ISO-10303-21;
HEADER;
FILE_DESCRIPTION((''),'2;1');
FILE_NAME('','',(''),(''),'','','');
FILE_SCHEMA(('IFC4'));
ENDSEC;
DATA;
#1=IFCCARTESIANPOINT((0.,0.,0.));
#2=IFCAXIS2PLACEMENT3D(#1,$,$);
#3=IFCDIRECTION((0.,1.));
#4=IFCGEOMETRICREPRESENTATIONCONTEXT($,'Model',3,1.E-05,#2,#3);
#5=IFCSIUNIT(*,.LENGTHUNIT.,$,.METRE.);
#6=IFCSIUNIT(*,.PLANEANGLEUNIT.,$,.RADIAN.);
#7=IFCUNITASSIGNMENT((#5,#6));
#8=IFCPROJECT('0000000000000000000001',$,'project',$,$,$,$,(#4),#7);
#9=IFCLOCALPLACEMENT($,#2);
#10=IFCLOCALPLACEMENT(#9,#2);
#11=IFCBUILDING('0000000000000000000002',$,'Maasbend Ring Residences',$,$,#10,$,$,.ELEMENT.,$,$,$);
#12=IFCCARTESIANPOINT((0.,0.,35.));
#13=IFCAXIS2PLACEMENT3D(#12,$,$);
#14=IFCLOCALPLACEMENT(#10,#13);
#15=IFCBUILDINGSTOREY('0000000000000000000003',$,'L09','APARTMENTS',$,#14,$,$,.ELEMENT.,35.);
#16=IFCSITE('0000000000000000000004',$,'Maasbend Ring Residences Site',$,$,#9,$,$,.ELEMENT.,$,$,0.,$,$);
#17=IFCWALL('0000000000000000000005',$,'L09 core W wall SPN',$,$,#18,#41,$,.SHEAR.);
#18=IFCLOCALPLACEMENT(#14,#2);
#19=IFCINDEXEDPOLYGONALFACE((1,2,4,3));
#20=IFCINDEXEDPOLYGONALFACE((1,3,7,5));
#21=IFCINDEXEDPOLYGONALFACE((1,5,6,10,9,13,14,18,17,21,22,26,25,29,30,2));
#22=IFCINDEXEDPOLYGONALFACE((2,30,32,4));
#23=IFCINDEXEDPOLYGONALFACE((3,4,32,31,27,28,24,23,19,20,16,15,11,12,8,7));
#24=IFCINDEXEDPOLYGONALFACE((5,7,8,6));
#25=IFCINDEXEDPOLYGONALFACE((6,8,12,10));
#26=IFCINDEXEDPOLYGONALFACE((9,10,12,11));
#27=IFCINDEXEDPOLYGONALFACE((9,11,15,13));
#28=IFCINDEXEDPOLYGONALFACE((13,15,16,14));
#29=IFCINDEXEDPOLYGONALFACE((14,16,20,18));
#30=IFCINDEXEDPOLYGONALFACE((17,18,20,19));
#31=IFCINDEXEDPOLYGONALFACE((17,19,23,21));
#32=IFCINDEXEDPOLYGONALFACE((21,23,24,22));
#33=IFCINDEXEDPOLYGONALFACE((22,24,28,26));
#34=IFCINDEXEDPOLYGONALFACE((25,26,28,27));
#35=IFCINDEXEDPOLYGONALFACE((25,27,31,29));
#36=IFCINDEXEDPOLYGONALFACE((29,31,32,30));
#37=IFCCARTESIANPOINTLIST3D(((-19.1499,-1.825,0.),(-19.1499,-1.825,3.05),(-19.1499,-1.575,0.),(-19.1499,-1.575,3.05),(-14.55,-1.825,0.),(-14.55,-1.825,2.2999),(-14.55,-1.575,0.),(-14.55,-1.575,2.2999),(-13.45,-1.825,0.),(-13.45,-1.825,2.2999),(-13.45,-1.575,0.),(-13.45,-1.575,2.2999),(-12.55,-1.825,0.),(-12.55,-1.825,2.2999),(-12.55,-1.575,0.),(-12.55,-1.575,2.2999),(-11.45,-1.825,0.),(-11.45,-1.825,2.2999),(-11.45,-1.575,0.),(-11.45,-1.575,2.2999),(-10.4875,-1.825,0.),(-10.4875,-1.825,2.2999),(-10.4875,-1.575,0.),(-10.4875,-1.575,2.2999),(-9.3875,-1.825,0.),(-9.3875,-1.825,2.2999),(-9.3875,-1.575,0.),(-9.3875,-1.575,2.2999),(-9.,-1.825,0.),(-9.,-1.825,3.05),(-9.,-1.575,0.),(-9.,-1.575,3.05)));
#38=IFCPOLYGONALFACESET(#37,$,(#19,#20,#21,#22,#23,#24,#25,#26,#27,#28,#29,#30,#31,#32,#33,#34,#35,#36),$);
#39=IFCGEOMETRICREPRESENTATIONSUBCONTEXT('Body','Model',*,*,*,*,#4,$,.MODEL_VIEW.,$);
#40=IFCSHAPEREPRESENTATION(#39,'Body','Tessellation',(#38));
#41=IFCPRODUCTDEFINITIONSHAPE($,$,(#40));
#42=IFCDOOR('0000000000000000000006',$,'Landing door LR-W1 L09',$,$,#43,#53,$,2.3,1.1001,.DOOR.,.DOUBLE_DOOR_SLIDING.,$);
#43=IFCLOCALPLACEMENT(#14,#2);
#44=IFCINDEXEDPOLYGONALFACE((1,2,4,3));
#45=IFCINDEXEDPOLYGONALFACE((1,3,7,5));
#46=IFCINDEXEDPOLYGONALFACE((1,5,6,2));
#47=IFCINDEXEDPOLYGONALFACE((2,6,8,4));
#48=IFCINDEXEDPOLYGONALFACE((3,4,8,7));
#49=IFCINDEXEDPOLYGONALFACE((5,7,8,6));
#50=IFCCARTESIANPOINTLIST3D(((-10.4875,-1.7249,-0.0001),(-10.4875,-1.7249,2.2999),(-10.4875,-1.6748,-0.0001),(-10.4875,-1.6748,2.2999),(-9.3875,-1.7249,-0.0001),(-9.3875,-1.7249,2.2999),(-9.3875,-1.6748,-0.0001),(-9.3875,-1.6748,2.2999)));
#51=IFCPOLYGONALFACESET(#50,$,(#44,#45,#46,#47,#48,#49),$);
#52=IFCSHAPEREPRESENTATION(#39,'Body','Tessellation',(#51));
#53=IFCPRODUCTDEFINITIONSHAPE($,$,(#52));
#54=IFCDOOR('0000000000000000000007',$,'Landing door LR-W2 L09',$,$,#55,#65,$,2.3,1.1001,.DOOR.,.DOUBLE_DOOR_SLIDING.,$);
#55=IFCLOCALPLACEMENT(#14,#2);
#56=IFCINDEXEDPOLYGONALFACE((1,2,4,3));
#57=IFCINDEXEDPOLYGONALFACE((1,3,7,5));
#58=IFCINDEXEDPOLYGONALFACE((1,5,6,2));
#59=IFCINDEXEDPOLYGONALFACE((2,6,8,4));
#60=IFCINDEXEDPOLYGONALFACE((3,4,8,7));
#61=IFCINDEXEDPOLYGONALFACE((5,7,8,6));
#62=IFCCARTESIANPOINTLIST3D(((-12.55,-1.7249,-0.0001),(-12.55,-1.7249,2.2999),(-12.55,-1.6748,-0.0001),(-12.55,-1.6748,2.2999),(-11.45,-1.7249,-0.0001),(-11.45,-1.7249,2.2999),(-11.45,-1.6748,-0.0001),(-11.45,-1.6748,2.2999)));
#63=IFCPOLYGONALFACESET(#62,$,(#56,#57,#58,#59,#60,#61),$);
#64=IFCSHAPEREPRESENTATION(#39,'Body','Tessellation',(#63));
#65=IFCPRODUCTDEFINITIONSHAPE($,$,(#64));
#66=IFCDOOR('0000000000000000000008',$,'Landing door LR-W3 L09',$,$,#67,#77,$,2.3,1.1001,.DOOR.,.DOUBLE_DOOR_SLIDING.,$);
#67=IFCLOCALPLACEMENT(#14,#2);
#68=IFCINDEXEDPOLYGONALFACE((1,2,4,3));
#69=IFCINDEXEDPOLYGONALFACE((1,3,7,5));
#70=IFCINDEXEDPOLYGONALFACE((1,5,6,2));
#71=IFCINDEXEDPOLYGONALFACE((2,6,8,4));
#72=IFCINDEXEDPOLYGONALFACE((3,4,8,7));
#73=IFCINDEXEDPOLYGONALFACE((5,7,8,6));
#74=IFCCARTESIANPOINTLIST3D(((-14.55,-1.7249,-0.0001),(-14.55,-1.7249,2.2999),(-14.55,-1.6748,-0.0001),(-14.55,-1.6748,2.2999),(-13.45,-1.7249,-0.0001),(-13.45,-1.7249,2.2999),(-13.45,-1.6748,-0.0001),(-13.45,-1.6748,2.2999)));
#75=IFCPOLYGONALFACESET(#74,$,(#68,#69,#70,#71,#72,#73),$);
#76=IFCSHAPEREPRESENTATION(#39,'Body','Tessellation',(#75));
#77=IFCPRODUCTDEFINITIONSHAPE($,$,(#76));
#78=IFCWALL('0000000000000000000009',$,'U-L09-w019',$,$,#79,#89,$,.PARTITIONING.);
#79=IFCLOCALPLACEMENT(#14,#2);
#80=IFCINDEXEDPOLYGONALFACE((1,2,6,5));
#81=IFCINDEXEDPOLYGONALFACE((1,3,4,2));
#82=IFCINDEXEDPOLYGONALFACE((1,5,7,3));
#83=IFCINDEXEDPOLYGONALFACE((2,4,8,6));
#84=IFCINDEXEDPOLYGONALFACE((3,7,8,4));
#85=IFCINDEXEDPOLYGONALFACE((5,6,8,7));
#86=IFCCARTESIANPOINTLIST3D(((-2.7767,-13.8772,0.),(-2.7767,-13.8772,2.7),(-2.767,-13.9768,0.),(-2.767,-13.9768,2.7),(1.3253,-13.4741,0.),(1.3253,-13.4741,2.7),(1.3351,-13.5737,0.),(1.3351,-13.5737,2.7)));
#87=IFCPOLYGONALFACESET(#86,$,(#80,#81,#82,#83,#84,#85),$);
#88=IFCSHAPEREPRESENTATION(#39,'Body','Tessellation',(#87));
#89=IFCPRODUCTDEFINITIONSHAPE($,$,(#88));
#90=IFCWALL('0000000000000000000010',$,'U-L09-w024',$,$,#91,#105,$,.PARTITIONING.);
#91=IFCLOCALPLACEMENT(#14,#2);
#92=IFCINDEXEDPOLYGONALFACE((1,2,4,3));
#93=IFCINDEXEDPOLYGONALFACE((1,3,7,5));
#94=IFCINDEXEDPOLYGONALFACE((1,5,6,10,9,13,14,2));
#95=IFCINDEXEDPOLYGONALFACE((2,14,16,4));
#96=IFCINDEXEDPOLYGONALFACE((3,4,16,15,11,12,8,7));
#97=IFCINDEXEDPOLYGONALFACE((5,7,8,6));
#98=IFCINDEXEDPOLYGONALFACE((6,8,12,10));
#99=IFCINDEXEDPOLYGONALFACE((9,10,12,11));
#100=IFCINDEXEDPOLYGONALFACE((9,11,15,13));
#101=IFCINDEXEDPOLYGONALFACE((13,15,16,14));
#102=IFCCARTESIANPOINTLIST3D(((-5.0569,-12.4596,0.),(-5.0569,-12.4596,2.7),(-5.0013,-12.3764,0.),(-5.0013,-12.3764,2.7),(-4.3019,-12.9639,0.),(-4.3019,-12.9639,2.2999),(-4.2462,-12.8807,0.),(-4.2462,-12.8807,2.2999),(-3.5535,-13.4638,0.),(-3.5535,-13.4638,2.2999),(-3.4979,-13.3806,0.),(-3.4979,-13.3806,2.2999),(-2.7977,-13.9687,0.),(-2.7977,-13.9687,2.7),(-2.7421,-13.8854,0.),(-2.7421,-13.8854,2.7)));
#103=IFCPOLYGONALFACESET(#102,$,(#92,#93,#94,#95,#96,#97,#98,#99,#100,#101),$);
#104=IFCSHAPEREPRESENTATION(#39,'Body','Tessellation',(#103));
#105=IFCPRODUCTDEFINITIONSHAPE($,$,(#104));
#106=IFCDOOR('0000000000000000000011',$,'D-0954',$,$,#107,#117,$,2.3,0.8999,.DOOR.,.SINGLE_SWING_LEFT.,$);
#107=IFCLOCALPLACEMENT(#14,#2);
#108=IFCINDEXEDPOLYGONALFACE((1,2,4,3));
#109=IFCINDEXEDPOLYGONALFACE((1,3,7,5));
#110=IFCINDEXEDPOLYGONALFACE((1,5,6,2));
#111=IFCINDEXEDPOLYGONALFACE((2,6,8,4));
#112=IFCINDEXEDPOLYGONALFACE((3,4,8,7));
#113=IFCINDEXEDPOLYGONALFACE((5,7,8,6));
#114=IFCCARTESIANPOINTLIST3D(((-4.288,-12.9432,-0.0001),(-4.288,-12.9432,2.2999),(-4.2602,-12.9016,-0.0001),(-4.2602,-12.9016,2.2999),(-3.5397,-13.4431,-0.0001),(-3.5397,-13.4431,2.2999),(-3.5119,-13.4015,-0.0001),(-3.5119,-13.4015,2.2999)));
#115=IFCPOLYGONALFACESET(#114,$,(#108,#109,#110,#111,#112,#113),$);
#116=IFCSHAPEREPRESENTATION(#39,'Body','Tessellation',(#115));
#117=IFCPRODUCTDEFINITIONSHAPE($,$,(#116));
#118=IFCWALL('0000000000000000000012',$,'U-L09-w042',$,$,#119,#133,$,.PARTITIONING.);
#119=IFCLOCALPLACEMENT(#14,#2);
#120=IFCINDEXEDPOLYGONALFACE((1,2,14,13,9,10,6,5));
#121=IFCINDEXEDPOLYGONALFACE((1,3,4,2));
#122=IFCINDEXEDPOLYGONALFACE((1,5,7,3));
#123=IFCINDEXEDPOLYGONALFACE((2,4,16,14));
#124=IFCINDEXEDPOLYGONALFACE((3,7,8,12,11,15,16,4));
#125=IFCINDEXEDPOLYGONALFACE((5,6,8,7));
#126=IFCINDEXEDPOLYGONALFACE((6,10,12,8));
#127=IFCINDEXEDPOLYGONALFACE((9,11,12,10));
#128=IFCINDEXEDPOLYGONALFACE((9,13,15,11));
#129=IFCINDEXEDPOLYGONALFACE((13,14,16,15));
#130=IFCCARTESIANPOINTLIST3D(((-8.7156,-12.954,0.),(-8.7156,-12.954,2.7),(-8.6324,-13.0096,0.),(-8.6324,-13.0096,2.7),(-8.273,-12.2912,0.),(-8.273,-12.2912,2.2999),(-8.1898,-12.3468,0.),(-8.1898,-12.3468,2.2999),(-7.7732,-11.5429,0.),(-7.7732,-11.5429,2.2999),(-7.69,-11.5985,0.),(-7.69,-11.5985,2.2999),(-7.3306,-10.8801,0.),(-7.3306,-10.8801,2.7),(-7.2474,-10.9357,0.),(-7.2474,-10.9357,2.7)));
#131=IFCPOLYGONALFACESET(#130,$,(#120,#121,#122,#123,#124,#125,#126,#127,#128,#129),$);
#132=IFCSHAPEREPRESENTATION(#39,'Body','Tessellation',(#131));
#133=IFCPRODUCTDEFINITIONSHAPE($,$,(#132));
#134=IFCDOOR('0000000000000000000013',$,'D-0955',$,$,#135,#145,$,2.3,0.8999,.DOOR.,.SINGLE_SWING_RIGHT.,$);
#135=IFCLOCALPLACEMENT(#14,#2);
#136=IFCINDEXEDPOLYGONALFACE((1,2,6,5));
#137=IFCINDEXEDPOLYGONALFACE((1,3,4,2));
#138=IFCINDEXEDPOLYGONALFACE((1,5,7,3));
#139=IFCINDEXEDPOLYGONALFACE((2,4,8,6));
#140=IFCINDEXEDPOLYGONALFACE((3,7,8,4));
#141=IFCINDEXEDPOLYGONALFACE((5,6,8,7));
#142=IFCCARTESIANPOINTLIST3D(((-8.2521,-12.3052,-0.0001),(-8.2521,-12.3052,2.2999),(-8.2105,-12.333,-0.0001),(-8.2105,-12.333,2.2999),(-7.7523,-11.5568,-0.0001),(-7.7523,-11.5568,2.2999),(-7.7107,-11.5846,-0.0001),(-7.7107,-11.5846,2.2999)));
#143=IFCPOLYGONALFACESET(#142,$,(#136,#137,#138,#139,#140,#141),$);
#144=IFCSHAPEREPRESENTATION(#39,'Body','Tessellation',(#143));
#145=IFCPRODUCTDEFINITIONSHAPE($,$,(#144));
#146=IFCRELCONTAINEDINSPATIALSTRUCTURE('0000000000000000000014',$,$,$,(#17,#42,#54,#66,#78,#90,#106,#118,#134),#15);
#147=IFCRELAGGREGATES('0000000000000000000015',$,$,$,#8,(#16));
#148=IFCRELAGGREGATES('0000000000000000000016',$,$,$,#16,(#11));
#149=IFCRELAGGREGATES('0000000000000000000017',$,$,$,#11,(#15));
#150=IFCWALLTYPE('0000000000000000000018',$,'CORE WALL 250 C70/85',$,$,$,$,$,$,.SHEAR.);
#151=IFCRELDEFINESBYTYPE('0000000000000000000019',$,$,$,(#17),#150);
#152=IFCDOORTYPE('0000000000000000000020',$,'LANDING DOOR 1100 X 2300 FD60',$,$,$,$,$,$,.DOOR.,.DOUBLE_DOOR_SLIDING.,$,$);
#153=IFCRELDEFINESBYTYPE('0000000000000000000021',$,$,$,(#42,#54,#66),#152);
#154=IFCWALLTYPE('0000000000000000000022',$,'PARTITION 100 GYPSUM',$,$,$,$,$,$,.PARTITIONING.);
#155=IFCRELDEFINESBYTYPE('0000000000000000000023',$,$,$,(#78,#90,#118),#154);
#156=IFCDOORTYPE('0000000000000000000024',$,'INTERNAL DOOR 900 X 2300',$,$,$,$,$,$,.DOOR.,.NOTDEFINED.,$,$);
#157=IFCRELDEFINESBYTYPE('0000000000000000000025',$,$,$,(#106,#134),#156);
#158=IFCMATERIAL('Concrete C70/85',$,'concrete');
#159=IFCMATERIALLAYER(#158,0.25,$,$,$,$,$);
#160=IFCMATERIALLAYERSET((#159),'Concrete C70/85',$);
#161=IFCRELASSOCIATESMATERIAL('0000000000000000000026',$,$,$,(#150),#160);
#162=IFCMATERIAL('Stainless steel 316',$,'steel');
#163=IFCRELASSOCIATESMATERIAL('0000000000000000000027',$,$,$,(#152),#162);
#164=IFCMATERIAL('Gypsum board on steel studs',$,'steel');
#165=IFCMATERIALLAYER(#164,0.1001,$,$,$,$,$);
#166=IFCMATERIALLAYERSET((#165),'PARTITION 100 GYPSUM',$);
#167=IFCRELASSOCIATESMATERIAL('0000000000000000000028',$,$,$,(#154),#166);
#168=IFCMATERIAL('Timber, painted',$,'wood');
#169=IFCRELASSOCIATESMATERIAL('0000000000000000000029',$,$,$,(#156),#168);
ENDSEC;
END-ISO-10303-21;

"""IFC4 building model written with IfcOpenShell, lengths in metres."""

from ifc_helpers import new_model, si_unit, direction, frame, frame_2d, origin, place, context, subcontext, project, spatial, rectangle, extrude, material, layer, layer_set, type_object, element, fill, save


model = new_model("IFC4")

# Units and contexts
model_context = context("Model", 3, precision=1e-05, world=origin(), true_north=direction((0.0, 1.0)))
body_context = subcontext(model_context, "Body", "Model", "MODEL_VIEW")
ifc_project = project(units=[si_unit("LENGTHUNIT", "METRE"), si_unit("PLANEANGLEUNIT", "RADIAN")], contexts=[model_context])

# Site, building, storey
site_placement = place(None, origin())
site = spatial("IfcSite", under=ifc_project, at=site_placement, Name="Maasbend Ring Residences Site", CompositionType="ELEMENT", RefElevation=0.0)
building_placement = place(site_placement, origin())
building = spatial("IfcBuilding", under=site, at=building_placement, Name="Maasbend Ring Residences", CompositionType="ELEMENT")
storey_placement = place(building_placement, frame((0.0, 0.0, 35.0)))
storey = spatial("IfcBuildingStorey", under=building, at=storey_placement, Name="L09", Description="APARTMENTS", CompositionType="ELEMENT", Elevation=35.0)

# Wall, openings, doors
ifc_material_1 = material(Name="Concrete C70/85", Category="concrete")
ifc_layer_1 = layer(ifc_material_1, 0.25)
ifc_layer_set_1 = layer_set([ifc_layer_1], Name="Concrete C70/85")
wall_type_1 = type_object("IfcWallType", Name="CORE WALL 250 C70/85", PredefinedType="SHEAR", material=ifc_layer_set_1)
wall_1_placement = place(storey_placement, frame((-9.0, -1.7, 0.0), z_axis=(0.0, 0.0, 1.0), x_axis=(-1.0, 0.0, 0.0)))
wall_1 = element("IfcWall", 1, at=wall_1_placement, inside=storey, type_object=wall_type_1, Name="L09 core W wall SPN", PredefinedType="SHEAR", context=body_context, shape_type="SweptSolid", body=[
    extrude(rectangle(XDim=10.1499, YDim=0.25, at=frame_2d((5.075, 0.0))), origin(), (0.0, 0.0, 1.0), 3.05),
])
opening_1_placement = place(wall_1_placement, frame((0.3875, 0.0, 0.0)))
opening_1 = element("IfcOpeningElement", 2, at=opening_1_placement, cuts=wall_1, PredefinedType="OPENING", context=body_context, shape_type="SweptSolid", body=[
    extrude(rectangle(XDim=1.1001, YDim=2.3, at=frame_2d((0.55, 1.1499))), frame((0.0, 0.135, 0.0), z_axis=(0.0, -1.0, 0.0), x_axis=(1.0, 0.0, 0.0)), (0.0, 0.0, 1.0), 0.27),
])
opening_2_placement = place(wall_1_placement, frame((2.45, 0.0, 0.0)))
opening_2 = element("IfcOpeningElement", 3, at=opening_2_placement, cuts=wall_1, PredefinedType="OPENING", context=body_context, shape_type="SweptSolid", body=[
    extrude(rectangle(XDim=1.1001, YDim=2.3, at=frame_2d((0.55, 1.1499))), frame((0.0, 0.135, 0.0), z_axis=(0.0, -1.0, 0.0), x_axis=(1.0, 0.0, 0.0)), (0.0, 0.0, 1.0), 0.27),
])
opening_3_placement = place(wall_1_placement, frame((4.45, 0.0, 0.0)))
opening_3 = element("IfcOpeningElement", 4, at=opening_3_placement, cuts=wall_1, PredefinedType="OPENING", context=body_context, shape_type="SweptSolid", body=[
    extrude(rectangle(XDim=1.1001, YDim=2.3, at=frame_2d((0.55, 1.1499))), frame((0.0, 0.135, 0.0), z_axis=(0.0, -1.0, 0.0), x_axis=(1.0, 0.0, 0.0)), (0.0, 0.0, 1.0), 0.27),
])
ifc_material_2 = material(Name="Stainless steel 316", Category="steel")
door_type_1 = type_object("IfcDoorType", Name="LANDING DOOR 1100 X 2300 FD60", OperationType="DOUBLE_DOOR_SLIDING", PredefinedType="DOOR", material=ifc_material_2)
door_1_placement = place(opening_1_placement, origin())
door_1 = element("IfcDoor", 5, at=door_1_placement, inside=storey, type_object=door_type_1, Name="Landing door LR-W1 L09", OperationType="DOUBLE_DOOR_SLIDING", OverallHeight=2.3, OverallWidth=1.1001, PredefinedType="DOOR", context=body_context, shape_type="SweptSolid", body=[
    extrude(rectangle(XDim=1.1001, YDim=2.3, at=frame_2d((0.55, 1.1499))), frame((0.0, 0.0249, 0.0), z_axis=(0.0, -1.0, 0.0), x_axis=(1.0, 0.0, 0.0)), (0.0, 0.0, 1.0), 0.05),
])
fill(opening_1, door_1)
door_2_placement = place(opening_2_placement, origin())
door_2 = element("IfcDoor", 6, at=door_2_placement, inside=storey, type_object=door_type_1, Name="Landing door LR-W2 L09", OperationType="DOUBLE_DOOR_SLIDING", OverallHeight=2.3, OverallWidth=1.1001, PredefinedType="DOOR", context=body_context, shape_type="SweptSolid", body=[
    extrude(rectangle(XDim=1.1001, YDim=2.3, at=frame_2d((0.55, 1.1499))), frame((0.0, 0.0249, 0.0), z_axis=(0.0, -1.0, 0.0), x_axis=(1.0, 0.0, 0.0)), (0.0, 0.0, 1.0), 0.05),
])
fill(opening_2, door_2)
door_3_placement = place(opening_3_placement, origin())
door_3 = element("IfcDoor", 7, at=door_3_placement, inside=storey, type_object=door_type_1, Name="Landing door LR-W3 L09", OperationType="DOUBLE_DOOR_SLIDING", OverallHeight=2.3, OverallWidth=1.1001, PredefinedType="DOOR", context=body_context, shape_type="SweptSolid", body=[
    extrude(rectangle(XDim=1.1001, YDim=2.3, at=frame_2d((0.55, 1.1499))), frame((0.0, 0.0249, 0.0), z_axis=(0.0, -1.0, 0.0), x_axis=(1.0, 0.0, 0.0)), (0.0, 0.0, 1.0), 0.05),
])
fill(opening_3, door_3)

# Wall
ifc_material_3 = material(Name="Gypsum board on steel studs", Category="steel")
ifc_layer_2 = layer(ifc_material_3, 0.1001)
ifc_layer_set_2 = layer_set([ifc_layer_2], Name="PARTITION 100 GYPSUM")
wall_type_2 = type_object("IfcWallType", Name="PARTITION 100 GYPSUM", PredefinedType="PARTITIONING", material=ifc_layer_set_2)
wall_2_placement = place(storey_placement, frame((-2.772, -13.927, 0.0), z_axis=(0.0, 0.0, 1.0), x_axis=(0.995207, 0.097791, 0.0)))
element("IfcWall", 8, at=wall_2_placement, inside=storey, type_object=wall_type_2, Name="U-L09-w019", PredefinedType="PARTITIONING", context=body_context, shape_type="SweptSolid", body=[
    extrude(rectangle(XDim=4.1218, YDim=0.1001, at=frame_2d((2.061, 0.0))), origin(), (0.0, 0.0, 1.0), 2.7),
])

# Walls, openings, doors
wall_3_placement = place(storey_placement, frame((-5.0291, -12.418, 0.0), z_axis=(0.0, 0.0, 1.0), x_axis=(0.831538, -0.555467, 0.0)))
wall_3 = element("IfcWall", 9, at=wall_3_placement, inside=storey, type_object=wall_type_2, Name="U-L09-w024", PredefinedType="PARTITIONING", context=body_context, shape_type="SweptSolid", body=[
    extrude(rectangle(XDim=2.7168, YDim=0.1001, at=frame_2d((1.3584, 0.0))), origin(), (0.0, 0.0, 1.0), 2.7),
])
opening_4_placement = place(wall_3_placement, frame((0.908, 0.0, 0.0)))
opening_4 = element("IfcOpeningElement", 10, at=opening_4_placement, cuts=wall_3, PredefinedType="OPENING", context=body_context, shape_type="SweptSolid", body=[
    extrude(rectangle(XDim=0.8999, YDim=2.3, at=frame_2d((0.45, 1.1499))), frame((0.0, 0.0601, 0.0), z_axis=(0.0, -1.0, 0.0), x_axis=(1.0, 0.0, 0.0)), (0.0, 0.0, 1.0), 0.1201),
])
ifc_material_4 = material(Name="Timber, painted", Category="wood")
door_type_2 = type_object("IfcDoorType", Name="INTERNAL DOOR 900 X 2300", OperationType="NOTDEFINED", PredefinedType="DOOR", material=ifc_material_4)
door_4_placement = place(opening_4_placement, origin())
door_4 = element("IfcDoor", 11, at=door_4_placement, inside=storey, type_object=door_type_2, Name="D-0954", OperationType="SINGLE_SWING_LEFT", OverallHeight=2.3, OverallWidth=0.8999, PredefinedType="DOOR", context=body_context, shape_type="SweptSolid", body=[
    extrude(rectangle(XDim=0.8999, YDim=2.3, at=frame_2d((0.45, 1.1499))), frame((0.0, 0.0249, 0.0), z_axis=(0.0, -1.0, 0.0), x_axis=(1.0, 0.0, 0.0)), (0.0, 0.0, 1.0), 0.05),
])
fill(opening_4, door_4)
wall_4_placement = place(storey_placement, frame((-8.6741, -12.9819, 0.0), z_axis=(0.0, 0.0, 1.0), x_axis=(0.555355, 0.831613, 0.0)))
wall_4 = element("IfcWall", 12, at=wall_4_placement, inside=storey, type_object=wall_type_2, Name="U-L09-w042", PredefinedType="PARTITIONING", context=body_context, shape_type="SweptSolid", body=[
    extrude(rectangle(XDim=2.4939, YDim=0.1001, at=frame_2d((1.2471, 0.0))), origin(), (0.0, 0.0, 1.0), 2.7),
])
opening_5_placement = place(wall_4_placement, frame((0.7971, 0.0, 0.0)))
opening_5 = element("IfcOpeningElement", 13, at=opening_5_placement, cuts=wall_4, PredefinedType="OPENING", context=body_context, shape_type="SweptSolid", body=[
    extrude(rectangle(XDim=0.8999, YDim=2.3, at=frame_2d((0.45, 1.1499))), frame((0.0, 0.0601, 0.0), z_axis=(0.0, -1.0, 0.0), x_axis=(1.0, 0.0, 0.0)), (0.0, 0.0, 1.0), 0.1201),
])
door_5_placement = place(opening_5_placement, origin())
door_5 = element("IfcDoor", 14, at=door_5_placement, inside=storey, type_object=door_type_2, Name="D-0955", OperationType="SINGLE_SWING_RIGHT", OverallHeight=2.3, OverallWidth=0.8999, PredefinedType="DOOR", context=body_context, shape_type="SweptSolid", body=[
    extrude(rectangle(XDim=0.8999, YDim=2.3, at=frame_2d((0.45, 1.1499))), frame((0.0, 0.0249, 0.0), z_axis=(0.0, -1.0, 0.0), x_axis=(1.0, 0.0, 0.0)), (0.0, 0.0, 1.0), 0.05),
])
fill(opening_5, door_5)

save(model, "model.ifc")
